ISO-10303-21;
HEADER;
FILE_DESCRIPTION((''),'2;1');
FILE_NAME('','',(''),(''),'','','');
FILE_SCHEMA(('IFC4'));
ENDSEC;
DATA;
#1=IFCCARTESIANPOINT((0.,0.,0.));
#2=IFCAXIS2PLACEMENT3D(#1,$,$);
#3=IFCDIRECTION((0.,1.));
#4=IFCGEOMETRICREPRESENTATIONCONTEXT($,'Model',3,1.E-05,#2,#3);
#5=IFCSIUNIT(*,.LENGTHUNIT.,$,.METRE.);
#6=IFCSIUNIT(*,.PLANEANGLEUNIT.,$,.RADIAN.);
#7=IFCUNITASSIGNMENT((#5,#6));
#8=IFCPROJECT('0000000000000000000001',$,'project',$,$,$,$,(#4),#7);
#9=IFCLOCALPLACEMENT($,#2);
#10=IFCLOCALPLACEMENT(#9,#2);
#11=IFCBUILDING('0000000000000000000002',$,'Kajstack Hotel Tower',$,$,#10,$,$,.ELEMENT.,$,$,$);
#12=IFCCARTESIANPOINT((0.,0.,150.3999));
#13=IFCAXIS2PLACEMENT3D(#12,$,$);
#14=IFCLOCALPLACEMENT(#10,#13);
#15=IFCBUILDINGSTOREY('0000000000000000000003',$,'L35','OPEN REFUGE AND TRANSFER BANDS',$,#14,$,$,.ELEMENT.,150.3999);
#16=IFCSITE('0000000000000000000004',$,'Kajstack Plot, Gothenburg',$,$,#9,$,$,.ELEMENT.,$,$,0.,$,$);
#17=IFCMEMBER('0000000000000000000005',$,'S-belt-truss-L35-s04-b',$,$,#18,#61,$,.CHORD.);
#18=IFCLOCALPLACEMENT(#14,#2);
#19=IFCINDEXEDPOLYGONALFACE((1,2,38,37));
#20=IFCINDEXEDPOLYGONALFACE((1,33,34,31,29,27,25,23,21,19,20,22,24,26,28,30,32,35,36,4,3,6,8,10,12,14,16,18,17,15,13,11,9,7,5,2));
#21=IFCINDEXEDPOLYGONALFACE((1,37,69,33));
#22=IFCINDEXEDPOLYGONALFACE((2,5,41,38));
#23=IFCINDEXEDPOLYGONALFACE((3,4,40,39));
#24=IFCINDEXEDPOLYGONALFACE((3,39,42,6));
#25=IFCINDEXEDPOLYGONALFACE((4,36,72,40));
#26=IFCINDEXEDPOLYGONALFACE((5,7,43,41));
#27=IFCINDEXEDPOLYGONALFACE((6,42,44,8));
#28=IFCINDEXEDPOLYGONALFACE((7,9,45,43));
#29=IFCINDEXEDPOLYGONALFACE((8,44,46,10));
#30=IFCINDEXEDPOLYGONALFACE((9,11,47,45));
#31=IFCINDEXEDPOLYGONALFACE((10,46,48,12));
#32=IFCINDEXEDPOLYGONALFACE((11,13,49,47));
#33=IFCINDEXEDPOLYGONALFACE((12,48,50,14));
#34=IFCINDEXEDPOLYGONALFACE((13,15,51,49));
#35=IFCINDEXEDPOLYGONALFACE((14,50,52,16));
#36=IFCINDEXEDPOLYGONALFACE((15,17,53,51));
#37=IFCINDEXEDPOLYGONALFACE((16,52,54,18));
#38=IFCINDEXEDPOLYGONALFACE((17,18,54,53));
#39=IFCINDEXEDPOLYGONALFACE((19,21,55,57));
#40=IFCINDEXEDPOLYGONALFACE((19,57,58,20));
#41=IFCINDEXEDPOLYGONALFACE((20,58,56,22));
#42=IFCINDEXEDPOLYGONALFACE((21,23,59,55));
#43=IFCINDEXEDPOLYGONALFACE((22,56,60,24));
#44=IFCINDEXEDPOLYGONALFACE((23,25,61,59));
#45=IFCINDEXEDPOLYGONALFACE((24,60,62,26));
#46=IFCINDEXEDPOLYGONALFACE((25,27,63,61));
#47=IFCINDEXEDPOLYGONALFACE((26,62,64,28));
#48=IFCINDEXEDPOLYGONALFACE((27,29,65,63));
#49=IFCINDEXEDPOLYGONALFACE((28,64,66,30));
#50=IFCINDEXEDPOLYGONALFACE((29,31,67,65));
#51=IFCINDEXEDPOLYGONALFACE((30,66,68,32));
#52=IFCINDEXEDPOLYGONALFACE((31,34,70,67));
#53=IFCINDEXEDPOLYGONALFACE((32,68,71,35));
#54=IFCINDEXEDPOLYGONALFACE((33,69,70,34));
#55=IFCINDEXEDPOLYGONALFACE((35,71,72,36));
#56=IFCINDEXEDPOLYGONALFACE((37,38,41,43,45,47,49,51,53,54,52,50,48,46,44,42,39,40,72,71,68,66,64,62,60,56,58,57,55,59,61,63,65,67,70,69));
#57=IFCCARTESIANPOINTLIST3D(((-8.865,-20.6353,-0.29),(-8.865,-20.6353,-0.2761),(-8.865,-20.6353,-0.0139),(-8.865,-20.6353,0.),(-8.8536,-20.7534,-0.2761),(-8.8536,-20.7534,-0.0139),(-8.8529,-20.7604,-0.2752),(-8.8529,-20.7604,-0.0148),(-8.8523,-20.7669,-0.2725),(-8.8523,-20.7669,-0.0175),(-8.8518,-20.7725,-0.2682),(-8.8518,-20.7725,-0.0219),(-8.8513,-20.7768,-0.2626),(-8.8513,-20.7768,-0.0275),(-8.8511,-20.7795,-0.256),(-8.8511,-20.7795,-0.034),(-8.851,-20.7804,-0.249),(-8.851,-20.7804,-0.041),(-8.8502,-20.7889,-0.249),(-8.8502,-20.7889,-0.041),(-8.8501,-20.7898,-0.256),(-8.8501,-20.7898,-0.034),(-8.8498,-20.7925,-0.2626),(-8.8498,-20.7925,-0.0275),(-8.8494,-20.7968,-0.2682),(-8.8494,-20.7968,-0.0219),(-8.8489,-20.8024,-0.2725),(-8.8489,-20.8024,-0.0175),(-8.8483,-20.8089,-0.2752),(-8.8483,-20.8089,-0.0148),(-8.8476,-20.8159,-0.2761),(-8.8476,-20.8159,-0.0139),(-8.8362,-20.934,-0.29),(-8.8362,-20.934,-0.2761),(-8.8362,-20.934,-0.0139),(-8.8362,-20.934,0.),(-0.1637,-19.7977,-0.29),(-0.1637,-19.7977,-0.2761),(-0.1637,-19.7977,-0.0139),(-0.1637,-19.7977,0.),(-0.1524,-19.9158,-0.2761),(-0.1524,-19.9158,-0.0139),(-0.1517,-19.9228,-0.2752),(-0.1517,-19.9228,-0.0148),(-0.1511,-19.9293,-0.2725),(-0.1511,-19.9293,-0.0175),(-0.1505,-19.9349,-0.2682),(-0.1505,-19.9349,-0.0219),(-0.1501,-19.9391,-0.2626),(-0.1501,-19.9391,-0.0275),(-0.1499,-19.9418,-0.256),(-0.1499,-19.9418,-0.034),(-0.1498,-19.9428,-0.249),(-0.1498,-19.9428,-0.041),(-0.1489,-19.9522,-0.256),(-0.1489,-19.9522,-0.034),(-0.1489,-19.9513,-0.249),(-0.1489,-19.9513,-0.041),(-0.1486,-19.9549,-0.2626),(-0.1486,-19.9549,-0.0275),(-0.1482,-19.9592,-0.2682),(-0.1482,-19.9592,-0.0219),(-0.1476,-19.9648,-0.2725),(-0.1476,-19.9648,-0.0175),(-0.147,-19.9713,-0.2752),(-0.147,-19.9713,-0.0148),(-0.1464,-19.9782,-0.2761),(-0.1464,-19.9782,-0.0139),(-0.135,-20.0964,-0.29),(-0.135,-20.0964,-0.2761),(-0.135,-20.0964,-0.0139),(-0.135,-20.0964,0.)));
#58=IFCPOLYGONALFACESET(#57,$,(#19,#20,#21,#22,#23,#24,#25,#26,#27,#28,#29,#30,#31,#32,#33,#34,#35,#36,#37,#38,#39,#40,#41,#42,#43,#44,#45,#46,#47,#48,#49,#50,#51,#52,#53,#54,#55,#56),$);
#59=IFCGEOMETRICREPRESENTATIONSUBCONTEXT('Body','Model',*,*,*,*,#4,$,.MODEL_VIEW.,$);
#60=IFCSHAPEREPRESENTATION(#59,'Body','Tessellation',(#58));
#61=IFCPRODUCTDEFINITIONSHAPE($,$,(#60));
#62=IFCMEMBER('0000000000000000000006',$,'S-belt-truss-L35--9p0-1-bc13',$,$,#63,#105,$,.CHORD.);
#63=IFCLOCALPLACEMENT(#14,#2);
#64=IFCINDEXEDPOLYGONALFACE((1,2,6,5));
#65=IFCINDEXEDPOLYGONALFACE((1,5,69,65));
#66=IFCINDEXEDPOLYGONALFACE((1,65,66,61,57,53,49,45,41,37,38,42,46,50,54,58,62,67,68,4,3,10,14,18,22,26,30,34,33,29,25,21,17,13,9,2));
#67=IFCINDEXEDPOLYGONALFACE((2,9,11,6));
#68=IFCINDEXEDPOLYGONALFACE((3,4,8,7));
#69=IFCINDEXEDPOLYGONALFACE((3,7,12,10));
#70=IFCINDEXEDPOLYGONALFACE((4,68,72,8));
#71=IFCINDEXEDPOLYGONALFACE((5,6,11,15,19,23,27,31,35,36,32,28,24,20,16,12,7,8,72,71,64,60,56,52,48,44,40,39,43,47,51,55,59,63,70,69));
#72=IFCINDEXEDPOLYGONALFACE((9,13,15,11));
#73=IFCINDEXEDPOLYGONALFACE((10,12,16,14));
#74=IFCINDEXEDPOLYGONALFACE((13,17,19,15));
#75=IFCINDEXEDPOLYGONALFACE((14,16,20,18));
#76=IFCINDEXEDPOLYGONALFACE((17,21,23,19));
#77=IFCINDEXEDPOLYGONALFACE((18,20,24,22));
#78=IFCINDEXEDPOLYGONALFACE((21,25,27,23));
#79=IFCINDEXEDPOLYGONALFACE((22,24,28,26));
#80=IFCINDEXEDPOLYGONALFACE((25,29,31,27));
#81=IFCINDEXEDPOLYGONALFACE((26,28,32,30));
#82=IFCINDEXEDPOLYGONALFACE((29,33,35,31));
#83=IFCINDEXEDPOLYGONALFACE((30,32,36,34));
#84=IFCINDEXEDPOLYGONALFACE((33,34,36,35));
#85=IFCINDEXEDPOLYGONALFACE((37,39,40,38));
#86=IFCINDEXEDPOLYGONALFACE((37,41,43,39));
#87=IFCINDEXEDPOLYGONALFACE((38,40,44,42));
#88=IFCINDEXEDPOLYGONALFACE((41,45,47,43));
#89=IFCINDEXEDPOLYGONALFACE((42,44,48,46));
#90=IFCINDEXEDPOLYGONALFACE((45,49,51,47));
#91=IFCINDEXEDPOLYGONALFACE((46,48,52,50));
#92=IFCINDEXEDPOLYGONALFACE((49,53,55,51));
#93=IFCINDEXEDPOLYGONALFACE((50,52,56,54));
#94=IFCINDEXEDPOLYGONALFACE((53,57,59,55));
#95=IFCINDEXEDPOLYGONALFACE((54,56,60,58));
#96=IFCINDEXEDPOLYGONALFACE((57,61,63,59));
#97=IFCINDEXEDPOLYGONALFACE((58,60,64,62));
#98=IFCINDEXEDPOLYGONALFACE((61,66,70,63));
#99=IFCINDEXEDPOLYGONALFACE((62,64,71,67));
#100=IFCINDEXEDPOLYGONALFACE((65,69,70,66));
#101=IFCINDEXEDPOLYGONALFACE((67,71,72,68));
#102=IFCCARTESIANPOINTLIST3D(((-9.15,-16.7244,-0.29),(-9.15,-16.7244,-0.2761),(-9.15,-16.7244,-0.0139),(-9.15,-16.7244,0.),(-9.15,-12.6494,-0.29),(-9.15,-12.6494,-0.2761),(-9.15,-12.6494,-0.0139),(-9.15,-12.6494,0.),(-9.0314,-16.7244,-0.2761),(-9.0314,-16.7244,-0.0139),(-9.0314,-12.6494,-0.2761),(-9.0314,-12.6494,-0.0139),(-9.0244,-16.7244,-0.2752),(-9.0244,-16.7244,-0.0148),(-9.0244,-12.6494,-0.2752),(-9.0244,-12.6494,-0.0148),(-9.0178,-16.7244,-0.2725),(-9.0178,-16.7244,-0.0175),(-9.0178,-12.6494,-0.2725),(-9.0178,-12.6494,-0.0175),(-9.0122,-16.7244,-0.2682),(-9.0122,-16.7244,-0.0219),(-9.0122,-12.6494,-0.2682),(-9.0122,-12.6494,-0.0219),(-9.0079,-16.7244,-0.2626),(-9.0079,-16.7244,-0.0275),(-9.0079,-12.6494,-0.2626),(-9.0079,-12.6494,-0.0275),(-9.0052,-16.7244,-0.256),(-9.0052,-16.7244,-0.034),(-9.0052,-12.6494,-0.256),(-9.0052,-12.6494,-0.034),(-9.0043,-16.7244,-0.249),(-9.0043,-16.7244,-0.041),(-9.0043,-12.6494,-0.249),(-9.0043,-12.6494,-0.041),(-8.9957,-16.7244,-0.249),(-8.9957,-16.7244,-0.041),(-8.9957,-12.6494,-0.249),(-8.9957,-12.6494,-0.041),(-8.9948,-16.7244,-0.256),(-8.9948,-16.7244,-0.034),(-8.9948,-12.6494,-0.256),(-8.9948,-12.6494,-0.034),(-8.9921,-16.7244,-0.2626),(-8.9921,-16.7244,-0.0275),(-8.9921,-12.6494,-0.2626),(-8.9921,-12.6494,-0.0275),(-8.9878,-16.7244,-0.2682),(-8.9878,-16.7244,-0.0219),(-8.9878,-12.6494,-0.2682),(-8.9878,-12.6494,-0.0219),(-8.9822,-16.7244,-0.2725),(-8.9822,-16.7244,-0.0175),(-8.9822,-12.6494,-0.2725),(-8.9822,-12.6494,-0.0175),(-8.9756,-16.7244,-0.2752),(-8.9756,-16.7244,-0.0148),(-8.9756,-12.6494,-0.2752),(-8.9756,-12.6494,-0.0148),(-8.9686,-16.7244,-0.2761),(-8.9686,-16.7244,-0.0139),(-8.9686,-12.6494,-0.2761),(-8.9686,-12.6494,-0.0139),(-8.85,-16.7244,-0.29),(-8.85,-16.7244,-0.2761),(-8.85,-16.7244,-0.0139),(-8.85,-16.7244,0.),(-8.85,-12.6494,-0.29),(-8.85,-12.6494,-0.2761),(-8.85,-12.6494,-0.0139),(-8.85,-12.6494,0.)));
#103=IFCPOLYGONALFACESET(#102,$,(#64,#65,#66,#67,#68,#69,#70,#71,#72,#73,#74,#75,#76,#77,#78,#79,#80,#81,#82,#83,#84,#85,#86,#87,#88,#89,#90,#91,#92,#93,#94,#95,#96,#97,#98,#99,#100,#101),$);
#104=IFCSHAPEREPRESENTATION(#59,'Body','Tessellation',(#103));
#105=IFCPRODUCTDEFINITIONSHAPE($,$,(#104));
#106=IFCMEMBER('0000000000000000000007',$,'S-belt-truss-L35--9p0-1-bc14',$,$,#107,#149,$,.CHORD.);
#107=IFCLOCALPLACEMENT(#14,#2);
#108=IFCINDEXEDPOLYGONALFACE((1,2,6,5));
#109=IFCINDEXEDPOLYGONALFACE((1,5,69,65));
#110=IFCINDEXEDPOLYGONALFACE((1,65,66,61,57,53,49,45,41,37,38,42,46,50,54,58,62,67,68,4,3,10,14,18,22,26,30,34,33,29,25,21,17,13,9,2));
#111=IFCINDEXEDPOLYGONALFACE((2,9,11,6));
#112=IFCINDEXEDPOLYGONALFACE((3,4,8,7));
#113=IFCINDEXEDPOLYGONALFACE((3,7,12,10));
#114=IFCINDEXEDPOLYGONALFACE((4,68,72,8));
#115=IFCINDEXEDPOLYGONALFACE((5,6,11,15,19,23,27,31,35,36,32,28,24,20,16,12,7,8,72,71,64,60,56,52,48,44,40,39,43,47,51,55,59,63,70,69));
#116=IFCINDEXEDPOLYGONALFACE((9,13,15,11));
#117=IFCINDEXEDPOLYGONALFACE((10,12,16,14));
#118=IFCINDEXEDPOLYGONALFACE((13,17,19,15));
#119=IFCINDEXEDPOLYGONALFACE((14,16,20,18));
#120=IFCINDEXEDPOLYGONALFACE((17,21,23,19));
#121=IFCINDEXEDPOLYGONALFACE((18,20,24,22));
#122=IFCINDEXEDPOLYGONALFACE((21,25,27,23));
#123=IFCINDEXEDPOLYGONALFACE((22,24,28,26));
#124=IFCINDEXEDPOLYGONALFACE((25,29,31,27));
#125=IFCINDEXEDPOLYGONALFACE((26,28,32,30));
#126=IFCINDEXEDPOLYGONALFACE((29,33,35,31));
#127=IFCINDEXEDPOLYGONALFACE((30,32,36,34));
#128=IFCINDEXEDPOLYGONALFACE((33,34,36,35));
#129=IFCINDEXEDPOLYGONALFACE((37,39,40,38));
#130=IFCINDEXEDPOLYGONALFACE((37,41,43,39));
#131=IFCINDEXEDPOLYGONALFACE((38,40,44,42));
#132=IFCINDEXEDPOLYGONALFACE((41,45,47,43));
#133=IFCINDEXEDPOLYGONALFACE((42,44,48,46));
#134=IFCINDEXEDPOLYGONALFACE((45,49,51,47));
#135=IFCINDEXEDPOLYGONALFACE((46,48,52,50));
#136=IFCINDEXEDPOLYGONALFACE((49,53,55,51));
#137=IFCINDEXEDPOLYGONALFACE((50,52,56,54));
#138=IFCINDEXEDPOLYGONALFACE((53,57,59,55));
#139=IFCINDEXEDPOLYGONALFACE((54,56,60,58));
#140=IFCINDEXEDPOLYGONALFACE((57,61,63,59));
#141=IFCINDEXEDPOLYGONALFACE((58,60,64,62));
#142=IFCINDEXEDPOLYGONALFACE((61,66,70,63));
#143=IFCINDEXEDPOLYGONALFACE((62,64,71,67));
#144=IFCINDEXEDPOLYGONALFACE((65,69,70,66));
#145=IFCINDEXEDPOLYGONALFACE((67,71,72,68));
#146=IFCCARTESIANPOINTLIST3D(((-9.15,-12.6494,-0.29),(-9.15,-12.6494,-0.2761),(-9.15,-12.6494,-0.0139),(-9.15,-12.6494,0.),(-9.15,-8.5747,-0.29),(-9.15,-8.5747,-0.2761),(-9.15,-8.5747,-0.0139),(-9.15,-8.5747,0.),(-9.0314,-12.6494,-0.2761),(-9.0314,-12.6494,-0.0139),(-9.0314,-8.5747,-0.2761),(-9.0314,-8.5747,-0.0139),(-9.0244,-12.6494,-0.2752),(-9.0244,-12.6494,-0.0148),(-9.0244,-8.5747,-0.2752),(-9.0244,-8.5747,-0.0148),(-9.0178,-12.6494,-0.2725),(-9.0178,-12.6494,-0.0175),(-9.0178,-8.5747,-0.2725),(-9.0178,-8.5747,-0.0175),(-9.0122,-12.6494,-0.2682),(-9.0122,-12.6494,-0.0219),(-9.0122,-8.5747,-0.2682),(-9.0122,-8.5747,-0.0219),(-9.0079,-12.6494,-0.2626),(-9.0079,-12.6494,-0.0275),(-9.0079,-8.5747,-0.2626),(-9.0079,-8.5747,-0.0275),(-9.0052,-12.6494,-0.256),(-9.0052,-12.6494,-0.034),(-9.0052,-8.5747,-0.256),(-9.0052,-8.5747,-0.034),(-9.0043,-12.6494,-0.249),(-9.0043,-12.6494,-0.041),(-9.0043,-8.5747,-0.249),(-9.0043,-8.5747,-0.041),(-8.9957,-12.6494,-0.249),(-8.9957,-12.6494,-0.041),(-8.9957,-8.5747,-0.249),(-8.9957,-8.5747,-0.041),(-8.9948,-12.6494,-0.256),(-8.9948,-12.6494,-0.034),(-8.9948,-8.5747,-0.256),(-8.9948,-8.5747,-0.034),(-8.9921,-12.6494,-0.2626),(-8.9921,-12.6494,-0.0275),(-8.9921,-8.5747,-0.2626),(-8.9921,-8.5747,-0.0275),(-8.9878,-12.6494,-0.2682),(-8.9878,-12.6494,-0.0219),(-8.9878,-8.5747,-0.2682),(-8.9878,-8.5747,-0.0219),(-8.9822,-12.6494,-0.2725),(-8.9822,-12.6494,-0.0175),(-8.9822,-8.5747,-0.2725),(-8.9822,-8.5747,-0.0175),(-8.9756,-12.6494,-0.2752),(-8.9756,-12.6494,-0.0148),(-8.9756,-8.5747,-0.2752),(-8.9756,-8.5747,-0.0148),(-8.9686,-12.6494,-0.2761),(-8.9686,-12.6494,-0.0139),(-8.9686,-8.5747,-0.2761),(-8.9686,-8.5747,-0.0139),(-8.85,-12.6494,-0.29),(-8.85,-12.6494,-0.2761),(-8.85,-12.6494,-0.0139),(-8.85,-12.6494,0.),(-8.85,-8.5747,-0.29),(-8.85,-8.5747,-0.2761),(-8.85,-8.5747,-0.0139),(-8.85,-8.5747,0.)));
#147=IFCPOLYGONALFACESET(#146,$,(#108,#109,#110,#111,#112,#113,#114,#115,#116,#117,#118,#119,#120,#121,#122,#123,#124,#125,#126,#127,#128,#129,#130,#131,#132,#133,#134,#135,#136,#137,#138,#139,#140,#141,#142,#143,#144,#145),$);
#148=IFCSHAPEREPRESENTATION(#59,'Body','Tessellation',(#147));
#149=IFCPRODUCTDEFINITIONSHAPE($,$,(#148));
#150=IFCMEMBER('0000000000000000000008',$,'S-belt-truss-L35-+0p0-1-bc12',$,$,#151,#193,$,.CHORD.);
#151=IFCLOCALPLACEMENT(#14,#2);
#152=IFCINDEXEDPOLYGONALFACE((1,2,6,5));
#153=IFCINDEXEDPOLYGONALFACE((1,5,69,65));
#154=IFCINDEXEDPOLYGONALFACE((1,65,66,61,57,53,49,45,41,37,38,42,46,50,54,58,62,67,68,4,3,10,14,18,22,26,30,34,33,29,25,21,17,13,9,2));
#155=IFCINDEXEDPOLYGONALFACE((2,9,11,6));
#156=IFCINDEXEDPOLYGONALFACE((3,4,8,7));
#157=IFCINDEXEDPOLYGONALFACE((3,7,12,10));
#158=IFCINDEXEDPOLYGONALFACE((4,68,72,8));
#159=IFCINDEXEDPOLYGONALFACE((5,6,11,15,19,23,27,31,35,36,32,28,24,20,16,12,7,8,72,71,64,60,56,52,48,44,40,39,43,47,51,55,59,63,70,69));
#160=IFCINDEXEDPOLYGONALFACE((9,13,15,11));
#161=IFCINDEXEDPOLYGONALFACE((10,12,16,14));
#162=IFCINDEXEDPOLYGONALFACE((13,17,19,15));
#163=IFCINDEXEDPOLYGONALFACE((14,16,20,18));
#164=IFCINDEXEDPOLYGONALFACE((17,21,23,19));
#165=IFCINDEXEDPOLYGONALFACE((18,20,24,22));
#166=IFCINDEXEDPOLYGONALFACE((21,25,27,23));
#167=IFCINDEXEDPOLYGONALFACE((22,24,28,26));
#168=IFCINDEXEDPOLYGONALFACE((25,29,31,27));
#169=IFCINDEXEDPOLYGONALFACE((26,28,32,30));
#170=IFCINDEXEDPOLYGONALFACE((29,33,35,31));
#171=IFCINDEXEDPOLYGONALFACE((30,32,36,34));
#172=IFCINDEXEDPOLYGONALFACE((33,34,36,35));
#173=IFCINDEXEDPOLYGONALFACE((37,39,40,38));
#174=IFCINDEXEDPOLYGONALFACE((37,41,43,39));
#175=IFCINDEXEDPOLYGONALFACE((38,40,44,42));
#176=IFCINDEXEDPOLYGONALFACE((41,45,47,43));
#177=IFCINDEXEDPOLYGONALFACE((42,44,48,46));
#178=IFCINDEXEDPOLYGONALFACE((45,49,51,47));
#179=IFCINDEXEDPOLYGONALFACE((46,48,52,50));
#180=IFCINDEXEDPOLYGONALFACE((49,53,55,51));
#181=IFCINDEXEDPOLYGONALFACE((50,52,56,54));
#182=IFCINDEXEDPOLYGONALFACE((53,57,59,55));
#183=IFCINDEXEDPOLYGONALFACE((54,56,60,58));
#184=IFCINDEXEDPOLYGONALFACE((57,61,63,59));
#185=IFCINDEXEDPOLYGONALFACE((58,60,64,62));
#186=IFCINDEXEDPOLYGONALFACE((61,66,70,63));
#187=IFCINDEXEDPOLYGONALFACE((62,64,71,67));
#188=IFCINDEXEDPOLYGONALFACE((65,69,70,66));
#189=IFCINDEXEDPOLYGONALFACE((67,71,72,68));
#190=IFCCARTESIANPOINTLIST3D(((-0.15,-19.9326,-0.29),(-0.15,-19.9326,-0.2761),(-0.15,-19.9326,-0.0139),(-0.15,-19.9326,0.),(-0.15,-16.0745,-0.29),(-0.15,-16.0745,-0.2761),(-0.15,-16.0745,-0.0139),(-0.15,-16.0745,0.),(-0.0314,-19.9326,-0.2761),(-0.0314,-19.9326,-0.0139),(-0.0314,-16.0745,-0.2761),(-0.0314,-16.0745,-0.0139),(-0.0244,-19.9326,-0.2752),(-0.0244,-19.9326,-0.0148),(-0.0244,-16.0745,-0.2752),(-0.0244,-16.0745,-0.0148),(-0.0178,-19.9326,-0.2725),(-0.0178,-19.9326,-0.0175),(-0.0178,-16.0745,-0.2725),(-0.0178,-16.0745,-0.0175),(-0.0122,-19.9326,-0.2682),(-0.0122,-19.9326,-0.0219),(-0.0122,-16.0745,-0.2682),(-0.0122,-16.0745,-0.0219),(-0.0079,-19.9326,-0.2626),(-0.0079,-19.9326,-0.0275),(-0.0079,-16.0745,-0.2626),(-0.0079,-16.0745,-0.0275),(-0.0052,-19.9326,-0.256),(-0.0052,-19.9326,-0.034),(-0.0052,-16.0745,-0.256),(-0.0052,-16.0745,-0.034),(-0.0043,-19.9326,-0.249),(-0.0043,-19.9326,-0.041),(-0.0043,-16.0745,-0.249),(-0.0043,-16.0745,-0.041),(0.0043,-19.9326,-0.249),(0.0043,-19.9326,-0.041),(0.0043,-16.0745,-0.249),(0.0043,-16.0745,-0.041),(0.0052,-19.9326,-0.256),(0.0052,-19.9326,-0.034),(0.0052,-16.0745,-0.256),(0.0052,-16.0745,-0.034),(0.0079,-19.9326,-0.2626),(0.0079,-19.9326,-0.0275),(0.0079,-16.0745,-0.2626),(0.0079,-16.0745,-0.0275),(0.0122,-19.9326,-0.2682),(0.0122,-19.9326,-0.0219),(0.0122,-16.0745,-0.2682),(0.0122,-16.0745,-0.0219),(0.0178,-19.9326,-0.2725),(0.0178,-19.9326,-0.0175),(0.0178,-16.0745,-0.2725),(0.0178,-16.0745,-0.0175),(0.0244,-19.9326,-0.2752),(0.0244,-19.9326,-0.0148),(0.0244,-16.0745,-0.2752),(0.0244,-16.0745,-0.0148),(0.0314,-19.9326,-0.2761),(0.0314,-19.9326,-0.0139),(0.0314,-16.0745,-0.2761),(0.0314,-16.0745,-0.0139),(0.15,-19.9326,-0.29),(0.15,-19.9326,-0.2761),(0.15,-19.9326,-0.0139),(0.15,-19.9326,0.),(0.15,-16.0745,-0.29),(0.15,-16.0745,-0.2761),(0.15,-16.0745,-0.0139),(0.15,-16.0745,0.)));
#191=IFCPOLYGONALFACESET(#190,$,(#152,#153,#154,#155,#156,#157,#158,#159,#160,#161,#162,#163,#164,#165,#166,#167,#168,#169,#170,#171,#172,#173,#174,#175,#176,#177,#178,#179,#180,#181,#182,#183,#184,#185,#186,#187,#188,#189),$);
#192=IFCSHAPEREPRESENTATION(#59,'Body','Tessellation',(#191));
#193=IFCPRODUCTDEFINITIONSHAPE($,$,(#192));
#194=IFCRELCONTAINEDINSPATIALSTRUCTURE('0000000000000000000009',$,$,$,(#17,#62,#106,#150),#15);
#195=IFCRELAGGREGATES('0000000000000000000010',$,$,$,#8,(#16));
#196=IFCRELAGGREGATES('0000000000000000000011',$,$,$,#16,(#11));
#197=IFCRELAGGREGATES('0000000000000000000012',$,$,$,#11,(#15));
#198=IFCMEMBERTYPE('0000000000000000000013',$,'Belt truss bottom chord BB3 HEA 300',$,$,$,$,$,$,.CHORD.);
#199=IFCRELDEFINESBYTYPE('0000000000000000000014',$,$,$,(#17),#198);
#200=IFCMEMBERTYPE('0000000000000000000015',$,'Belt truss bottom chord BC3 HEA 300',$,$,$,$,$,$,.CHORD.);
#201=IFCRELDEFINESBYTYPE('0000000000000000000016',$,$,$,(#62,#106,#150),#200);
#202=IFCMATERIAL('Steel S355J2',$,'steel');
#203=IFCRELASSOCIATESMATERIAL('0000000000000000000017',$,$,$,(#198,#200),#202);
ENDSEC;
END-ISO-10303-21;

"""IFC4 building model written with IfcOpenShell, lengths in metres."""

from ifc_helpers import new_model, si_unit, direction, frame, origin, origin_2d, place, context, subcontext, project, spatial, i_section, extrude, material, material_profile, profile_set, type_object, element, save


model = new_model("IFC4")

# Units and contexts
model_context = context("Model", 3, precision=1e-05, world=origin(), true_north=direction((0.0, 1.0)))
body_context = subcontext(model_context, "Body", "Model", "MODEL_VIEW")
ifc_project = project(units=[si_unit("LENGTHUNIT", "METRE"), si_unit("PLANEANGLEUNIT", "RADIAN")], contexts=[model_context])

# Site, building, storey
site_placement = place(None, origin())
site = spatial("IfcSite", under=ifc_project, at=site_placement, Name="Kajstack Plot, Gothenburg", CompositionType="ELEMENT", RefElevation=0.0)
building_placement = place(site_placement, origin())
building = spatial("IfcBuilding", under=site, at=building_placement, Name="Kajstack Hotel Tower", CompositionType="ELEMENT")
storey_placement = place(building_placement, frame((0.0, 0.0, 150.3999)))
storey = spatial("IfcBuildingStorey", under=building, at=storey_placement, Name="L35", Description="OPEN REFUGE AND TRANSFER BANDS", CompositionType="ELEMENT", Elevation=150.3999)

# Members
ifc_material = material(Name="Steel S355J2", Category="steel")
ifc_material_profile_1 = material_profile(ifc_material, i_section(OverallWidth=0.3, OverallDepth=0.29, WebThickness=0.0085, FlangeThickness=0.0139, FilletRadius=0.0271, at=origin_2d()), Name="HEA 300")
ifc_profile_set_1 = profile_set([ifc_material_profile_1], Name="Steel S355J2")
member_type_1 = type_object("IfcMemberType", Name="Belt truss bottom chord BB3 HEA 300", PredefinedType="CHORD", material=ifc_profile_set_1)
member_1_placement = place(storey_placement, frame((-8.8506, -20.7847, -0.145), z_axis=(0.995398, 0.095825, 0.0), x_axis=(-0.095825, 0.995398, 0.0)))
element("IfcMember", 1, at=member_1_placement, inside=storey, type_object=member_type_1, Name="S-belt-truss-L35-s04-b", PredefinedType="CHORD", context=body_context, shape_type="SweptSolid", body=[
    extrude(i_section(OverallWidth=0.3, OverallDepth=0.29, WebThickness=0.0085, FlangeThickness=0.0139, FilletRadius=0.0271, at=origin_2d()), origin(), (0.0, 0.0, 1.0), 8.7415),
])
ifc_material_profile_2 = material_profile(ifc_material, i_section(OverallWidth=0.3, OverallDepth=0.29, WebThickness=0.0085, FlangeThickness=0.0139, FilletRadius=0.0271, at=origin_2d()), Name="HEA 300")
ifc_profile_set_2 = profile_set([ifc_material_profile_2], Name="Steel S355J2")
member_type_2 = type_object("IfcMemberType", Name="Belt truss bottom chord BC3 HEA 300", PredefinedType="CHORD", material=ifc_profile_set_2)
member_2_placement = place(storey_placement, frame((-9.0, -16.7244, -0.145), z_axis=(0.0, 1.0, 0.0), x_axis=(-1.0, 0.0, 0.0)))
element("IfcMember", 2, at=member_2_placement, inside=storey, type_object=member_type_2, Name="S-belt-truss-L35--9p0-1-bc13", PredefinedType="CHORD", context=body_context, shape_type="SweptSolid", body=[
    extrude(i_section(OverallWidth=0.3, OverallDepth=0.29, WebThickness=0.0085, FlangeThickness=0.0139, FilletRadius=0.0271, at=origin_2d()), origin(), (0.0, 0.0, 1.0), 4.075),
])
member_3_placement = place(storey_placement, frame((-9.0, -12.6494, -0.145), z_axis=(0.0, 1.0, 0.0), x_axis=(-1.0, 0.0, 0.0)))
element("IfcMember", 3, at=member_3_placement, inside=storey, type_object=member_type_2, Name="S-belt-truss-L35--9p0-1-bc14", PredefinedType="CHORD", context=body_context, shape_type="SweptSolid", body=[
    extrude(i_section(OverallWidth=0.3, OverallDepth=0.29, WebThickness=0.0085, FlangeThickness=0.0139, FilletRadius=0.0271, at=origin_2d()), origin(), (0.0, 0.0, 1.0), 4.0747),
])
for number, where, z_axis, x_axis, name in (
    (4, (0.0, -19.9326, -0.145), (0.0, 1.0, 0.0), (-1.0, 0.0, 0.0), "S-belt-truss-L35-+0p0-1-bc12"),
):
    element("IfcMember", number, at=place(storey_placement, frame(where, z_axis=z_axis, x_axis=x_axis)), inside=storey, type_object=member_type_2, Name=name, PredefinedType="CHORD", context=body_context, shape_type="SweptSolid", body=[
        extrude(i_section(OverallWidth=0.3, OverallDepth=0.29, WebThickness=0.0085, FlangeThickness=0.0139, FilletRadius=0.0271, at=origin_2d()), origin(), (0.0, 0.0, 1.0), 3.8582),
    ])

save(model, "model.ifc")
